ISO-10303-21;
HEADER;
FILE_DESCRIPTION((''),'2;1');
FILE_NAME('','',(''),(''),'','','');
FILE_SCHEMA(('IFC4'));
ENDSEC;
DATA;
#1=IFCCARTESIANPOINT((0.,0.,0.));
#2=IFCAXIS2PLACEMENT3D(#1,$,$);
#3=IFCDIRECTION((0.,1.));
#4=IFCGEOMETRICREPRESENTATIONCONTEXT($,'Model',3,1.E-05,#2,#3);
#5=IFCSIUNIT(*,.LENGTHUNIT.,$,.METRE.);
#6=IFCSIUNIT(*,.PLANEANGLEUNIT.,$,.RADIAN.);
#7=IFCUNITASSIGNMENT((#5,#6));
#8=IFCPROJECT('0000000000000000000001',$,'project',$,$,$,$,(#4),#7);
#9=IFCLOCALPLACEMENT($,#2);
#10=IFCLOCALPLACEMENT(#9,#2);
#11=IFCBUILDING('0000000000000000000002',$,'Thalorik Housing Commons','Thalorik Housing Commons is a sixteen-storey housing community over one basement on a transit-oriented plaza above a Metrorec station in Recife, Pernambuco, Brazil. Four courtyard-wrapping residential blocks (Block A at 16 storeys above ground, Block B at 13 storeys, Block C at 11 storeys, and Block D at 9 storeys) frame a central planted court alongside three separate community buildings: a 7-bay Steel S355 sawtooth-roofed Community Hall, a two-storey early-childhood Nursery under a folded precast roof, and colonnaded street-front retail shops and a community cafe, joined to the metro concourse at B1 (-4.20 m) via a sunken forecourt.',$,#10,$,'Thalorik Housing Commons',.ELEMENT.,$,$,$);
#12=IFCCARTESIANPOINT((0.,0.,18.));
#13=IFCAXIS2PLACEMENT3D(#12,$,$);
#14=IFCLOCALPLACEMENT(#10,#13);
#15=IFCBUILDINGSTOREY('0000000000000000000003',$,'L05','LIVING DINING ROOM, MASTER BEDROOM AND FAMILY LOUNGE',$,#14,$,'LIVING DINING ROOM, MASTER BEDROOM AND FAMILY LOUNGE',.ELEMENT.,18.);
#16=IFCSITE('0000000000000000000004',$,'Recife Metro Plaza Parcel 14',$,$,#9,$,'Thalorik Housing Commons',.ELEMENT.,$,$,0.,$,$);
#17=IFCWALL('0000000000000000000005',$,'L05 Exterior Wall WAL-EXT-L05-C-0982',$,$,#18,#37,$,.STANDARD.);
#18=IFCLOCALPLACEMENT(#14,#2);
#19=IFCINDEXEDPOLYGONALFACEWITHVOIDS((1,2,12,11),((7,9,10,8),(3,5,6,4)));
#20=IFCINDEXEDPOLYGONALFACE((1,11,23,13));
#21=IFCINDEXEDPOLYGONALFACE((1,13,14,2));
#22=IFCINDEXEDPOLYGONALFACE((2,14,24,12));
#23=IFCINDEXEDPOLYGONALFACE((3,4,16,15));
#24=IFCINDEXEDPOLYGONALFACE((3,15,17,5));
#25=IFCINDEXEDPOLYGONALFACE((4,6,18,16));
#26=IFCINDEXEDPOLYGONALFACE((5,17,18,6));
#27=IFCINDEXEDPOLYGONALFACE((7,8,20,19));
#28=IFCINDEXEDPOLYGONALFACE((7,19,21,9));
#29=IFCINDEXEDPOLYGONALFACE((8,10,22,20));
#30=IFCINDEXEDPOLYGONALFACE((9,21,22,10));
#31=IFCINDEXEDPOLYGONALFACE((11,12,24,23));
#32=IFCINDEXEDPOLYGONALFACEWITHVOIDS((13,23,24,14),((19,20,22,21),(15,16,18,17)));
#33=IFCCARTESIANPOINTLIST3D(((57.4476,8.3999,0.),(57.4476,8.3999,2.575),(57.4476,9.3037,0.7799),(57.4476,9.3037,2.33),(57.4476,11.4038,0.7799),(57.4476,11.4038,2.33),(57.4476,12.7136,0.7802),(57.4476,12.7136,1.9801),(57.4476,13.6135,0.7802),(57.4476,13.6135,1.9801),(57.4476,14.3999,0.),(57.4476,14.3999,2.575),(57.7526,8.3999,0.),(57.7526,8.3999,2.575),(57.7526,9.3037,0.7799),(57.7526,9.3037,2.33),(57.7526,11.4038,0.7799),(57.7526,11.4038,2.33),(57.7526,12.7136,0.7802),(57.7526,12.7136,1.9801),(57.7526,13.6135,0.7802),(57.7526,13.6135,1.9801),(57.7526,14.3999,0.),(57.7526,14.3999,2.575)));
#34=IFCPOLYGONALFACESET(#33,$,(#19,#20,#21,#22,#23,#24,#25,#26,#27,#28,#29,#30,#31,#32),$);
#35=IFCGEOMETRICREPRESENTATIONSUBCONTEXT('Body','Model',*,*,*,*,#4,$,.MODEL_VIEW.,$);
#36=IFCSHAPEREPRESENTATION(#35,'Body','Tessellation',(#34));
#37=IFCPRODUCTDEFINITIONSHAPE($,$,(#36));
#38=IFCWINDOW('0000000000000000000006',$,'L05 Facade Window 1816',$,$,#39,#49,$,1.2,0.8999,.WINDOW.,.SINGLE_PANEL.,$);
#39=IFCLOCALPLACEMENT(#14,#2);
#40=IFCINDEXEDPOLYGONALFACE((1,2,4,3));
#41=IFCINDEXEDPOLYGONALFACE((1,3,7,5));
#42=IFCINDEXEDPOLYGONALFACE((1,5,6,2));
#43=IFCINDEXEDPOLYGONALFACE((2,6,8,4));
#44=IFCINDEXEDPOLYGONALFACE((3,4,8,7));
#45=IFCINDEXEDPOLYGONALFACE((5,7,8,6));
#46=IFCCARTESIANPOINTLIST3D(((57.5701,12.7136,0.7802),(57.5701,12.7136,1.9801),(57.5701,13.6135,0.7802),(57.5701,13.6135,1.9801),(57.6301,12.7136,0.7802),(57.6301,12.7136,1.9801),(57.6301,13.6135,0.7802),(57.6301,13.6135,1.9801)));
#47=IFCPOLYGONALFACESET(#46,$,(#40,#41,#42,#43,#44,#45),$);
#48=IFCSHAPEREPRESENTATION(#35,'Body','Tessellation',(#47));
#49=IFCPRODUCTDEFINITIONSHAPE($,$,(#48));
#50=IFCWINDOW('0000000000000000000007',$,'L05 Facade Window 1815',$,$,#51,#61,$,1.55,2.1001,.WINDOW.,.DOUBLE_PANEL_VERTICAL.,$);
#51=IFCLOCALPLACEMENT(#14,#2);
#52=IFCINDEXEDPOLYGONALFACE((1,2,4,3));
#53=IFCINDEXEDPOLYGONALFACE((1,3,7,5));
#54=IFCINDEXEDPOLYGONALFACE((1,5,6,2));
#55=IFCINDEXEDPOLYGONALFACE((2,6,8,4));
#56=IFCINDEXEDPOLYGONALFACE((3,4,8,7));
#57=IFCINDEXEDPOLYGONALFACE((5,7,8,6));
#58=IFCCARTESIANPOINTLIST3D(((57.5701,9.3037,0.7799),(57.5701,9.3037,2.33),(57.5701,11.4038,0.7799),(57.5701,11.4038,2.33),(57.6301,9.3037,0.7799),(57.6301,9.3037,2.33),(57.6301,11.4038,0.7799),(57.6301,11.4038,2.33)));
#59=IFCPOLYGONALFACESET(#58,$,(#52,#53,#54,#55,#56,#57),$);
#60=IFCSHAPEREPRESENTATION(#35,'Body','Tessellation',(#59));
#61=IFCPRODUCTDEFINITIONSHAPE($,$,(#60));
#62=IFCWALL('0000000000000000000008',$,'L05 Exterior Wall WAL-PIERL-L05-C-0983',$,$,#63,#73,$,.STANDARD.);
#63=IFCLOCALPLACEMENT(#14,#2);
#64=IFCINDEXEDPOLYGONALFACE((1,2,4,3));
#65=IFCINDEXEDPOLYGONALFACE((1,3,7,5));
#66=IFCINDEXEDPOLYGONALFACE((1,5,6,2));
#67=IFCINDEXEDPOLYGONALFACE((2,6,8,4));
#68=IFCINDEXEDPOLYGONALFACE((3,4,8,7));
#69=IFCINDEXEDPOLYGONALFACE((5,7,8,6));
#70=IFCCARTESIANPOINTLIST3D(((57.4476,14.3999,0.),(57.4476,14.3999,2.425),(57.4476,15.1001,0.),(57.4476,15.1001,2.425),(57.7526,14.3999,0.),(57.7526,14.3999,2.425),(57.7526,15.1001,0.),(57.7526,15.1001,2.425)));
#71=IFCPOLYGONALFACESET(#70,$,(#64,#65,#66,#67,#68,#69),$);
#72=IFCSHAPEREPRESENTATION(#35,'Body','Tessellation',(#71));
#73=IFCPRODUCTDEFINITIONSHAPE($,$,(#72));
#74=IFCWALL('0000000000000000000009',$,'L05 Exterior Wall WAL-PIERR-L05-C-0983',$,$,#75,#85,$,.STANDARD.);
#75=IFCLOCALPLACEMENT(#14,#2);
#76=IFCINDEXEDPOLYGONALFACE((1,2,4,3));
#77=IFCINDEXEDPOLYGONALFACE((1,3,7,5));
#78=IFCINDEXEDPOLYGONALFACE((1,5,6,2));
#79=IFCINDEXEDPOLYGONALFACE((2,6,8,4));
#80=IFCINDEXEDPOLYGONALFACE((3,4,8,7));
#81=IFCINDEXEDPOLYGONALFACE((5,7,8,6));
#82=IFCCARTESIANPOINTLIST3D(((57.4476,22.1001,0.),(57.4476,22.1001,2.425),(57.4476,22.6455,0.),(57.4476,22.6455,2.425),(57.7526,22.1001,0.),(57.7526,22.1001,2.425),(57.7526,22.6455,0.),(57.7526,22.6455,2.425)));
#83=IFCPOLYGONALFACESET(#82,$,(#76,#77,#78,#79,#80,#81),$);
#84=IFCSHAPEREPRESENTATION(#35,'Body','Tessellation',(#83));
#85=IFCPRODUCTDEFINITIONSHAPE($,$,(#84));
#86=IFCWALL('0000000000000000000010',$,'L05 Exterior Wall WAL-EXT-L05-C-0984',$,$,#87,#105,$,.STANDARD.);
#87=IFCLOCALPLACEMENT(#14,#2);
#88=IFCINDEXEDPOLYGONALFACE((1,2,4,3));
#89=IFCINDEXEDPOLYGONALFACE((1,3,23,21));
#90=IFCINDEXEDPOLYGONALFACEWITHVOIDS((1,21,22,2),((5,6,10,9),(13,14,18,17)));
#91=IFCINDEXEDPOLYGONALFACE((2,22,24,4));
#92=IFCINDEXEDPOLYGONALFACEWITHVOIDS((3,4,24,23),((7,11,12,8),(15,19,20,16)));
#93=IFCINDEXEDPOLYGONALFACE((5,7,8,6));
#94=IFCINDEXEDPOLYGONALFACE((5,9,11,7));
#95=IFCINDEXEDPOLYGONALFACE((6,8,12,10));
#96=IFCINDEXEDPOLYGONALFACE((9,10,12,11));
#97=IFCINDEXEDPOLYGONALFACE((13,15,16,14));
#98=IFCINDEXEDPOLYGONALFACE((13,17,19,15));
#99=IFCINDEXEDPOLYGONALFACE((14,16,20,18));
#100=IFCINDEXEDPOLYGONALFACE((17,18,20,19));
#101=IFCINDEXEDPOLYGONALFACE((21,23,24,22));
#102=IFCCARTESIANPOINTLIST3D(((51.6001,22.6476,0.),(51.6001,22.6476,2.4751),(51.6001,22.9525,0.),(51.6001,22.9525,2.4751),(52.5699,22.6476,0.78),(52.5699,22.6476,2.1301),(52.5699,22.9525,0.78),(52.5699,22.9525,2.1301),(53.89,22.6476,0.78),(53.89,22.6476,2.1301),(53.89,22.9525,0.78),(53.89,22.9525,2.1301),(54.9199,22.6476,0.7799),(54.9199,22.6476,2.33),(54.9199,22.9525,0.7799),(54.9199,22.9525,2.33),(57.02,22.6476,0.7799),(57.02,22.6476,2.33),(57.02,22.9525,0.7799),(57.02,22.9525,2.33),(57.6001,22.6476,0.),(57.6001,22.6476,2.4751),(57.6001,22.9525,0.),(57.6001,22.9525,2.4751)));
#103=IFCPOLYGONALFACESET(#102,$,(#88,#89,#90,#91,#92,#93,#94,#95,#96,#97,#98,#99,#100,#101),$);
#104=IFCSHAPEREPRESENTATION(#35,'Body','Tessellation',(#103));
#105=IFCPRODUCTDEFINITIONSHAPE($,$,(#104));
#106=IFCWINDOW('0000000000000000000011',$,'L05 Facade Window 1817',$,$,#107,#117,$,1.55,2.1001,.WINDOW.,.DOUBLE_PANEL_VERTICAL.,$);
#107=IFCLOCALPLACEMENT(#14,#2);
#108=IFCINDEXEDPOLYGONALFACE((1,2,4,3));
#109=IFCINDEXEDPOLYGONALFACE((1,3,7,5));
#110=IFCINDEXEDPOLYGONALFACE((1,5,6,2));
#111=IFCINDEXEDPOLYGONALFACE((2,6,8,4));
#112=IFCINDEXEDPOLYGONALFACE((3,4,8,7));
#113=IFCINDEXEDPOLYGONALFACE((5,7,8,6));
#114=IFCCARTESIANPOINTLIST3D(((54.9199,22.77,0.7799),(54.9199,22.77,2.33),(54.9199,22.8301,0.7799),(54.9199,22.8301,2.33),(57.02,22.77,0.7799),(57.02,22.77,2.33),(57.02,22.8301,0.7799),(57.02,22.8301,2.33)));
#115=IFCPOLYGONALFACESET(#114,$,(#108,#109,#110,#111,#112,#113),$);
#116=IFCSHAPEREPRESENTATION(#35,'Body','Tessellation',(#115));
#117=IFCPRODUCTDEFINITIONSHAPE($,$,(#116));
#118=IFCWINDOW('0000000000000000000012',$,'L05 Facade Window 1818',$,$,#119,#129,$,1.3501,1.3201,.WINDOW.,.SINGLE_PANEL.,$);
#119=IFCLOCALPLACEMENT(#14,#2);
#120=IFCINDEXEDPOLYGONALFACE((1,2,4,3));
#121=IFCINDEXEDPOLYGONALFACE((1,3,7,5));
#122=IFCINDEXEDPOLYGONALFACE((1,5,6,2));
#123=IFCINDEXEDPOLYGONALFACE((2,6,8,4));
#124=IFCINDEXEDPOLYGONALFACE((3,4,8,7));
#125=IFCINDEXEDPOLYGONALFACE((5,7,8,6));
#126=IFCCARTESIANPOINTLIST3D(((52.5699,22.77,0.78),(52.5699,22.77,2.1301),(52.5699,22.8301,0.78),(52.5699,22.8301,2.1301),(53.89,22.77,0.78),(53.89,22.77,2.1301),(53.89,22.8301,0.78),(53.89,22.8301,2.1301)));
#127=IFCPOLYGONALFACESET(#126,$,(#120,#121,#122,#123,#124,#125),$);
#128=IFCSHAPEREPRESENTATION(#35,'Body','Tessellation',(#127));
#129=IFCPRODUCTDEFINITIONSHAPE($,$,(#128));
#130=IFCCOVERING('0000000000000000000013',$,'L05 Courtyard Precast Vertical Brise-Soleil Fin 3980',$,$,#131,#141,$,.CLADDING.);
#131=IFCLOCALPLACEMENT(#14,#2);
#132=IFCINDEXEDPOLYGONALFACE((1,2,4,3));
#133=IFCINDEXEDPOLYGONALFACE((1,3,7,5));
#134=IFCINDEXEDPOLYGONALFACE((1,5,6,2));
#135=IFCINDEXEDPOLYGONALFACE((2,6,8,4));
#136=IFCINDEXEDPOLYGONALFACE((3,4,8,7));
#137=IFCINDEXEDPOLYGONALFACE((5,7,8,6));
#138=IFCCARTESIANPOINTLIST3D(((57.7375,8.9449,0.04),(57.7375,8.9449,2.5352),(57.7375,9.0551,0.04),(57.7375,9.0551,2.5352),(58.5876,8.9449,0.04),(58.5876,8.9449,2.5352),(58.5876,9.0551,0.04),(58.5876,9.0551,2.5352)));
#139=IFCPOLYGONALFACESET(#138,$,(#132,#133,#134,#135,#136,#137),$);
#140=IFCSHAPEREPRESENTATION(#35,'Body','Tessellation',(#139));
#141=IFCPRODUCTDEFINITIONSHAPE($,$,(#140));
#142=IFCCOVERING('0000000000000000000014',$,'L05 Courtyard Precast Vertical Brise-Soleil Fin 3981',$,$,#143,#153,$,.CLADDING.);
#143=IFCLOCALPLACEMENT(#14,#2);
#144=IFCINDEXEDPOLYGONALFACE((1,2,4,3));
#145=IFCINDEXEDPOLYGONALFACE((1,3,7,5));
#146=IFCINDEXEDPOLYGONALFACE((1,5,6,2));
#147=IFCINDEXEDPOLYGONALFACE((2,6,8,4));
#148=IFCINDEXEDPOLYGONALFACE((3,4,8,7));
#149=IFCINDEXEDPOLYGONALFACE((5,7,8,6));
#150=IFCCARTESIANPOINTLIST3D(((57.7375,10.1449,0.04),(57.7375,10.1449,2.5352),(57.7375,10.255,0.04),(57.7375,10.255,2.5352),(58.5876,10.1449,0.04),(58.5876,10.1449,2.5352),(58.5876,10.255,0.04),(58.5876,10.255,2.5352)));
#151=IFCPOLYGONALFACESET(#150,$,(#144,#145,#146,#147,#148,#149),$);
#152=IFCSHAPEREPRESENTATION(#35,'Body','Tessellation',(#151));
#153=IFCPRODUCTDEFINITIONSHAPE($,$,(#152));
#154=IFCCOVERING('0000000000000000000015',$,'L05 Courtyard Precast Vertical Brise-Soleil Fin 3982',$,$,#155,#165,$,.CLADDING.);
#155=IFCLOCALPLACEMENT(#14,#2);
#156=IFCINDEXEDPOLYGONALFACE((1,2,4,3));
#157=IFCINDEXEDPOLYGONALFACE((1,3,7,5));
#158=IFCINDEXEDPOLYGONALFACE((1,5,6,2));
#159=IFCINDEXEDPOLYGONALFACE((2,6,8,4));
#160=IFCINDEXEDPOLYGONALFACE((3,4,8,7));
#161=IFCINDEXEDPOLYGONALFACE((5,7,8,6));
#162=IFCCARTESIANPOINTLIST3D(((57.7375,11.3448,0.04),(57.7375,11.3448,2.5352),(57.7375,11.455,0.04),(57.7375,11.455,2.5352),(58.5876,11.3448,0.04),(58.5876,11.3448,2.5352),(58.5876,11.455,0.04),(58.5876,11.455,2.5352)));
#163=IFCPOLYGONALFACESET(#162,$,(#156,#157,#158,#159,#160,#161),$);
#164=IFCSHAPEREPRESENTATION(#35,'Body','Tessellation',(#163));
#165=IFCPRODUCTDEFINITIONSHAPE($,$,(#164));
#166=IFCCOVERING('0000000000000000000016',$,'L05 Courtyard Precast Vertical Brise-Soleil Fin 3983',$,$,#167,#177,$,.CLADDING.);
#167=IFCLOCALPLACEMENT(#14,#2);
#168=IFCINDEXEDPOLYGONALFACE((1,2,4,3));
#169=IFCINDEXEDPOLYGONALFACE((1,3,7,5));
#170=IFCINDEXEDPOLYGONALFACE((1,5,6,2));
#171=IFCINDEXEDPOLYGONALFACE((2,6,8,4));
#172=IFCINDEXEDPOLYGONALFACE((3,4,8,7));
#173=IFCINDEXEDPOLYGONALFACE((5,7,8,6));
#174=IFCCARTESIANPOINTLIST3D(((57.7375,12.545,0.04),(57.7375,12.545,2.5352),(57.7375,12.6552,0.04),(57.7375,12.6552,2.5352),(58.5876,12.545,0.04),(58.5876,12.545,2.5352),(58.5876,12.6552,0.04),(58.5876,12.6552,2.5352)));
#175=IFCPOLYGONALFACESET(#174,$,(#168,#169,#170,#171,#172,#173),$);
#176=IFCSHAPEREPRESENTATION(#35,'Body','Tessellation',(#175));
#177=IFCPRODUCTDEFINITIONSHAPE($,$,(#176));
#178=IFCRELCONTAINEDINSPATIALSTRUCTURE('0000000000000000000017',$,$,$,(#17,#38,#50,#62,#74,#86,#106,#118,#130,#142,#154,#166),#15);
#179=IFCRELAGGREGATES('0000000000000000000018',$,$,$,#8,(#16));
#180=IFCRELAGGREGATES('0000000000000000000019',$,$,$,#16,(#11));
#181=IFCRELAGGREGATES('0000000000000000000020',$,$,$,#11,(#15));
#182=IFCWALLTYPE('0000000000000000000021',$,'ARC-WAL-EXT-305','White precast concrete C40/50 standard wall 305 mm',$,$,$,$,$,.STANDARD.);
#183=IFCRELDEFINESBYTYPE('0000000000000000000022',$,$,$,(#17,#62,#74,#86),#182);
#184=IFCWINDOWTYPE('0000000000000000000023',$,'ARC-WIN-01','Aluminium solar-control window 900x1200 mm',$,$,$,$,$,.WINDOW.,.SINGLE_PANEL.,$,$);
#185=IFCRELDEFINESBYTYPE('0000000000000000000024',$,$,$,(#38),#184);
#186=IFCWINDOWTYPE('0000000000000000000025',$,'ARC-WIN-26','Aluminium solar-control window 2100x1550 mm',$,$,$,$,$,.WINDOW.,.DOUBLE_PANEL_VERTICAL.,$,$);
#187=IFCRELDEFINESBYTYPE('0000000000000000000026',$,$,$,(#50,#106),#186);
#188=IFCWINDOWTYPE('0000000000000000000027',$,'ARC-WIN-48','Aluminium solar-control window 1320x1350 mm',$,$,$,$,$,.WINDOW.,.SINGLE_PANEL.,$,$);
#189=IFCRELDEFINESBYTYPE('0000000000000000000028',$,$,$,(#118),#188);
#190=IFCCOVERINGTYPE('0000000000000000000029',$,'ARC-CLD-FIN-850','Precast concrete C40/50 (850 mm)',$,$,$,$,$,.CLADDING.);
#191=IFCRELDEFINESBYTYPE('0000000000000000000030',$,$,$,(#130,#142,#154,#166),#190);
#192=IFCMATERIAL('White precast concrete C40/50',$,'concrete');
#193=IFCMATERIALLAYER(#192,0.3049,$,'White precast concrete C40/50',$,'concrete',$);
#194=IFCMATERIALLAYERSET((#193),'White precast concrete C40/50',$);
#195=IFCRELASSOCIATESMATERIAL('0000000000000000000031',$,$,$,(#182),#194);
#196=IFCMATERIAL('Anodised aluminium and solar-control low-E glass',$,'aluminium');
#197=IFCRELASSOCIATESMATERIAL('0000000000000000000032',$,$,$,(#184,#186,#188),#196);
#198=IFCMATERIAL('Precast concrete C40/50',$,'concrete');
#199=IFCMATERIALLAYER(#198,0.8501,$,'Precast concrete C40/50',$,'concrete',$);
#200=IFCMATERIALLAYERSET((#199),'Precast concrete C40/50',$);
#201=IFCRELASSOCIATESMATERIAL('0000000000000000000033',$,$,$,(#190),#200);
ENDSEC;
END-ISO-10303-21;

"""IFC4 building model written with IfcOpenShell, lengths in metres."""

from ifc_helpers import new_model, si_unit, direction, frame, frame_2d, origin, origin_2d, place, context, subcontext, project, spatial, rectangle, extrude, material, layer, layer_set, type_object, element, fill, save


model = new_model("IFC4")

# Units and contexts
model_context = context("Model", 3, precision=1e-05, world=origin(), true_north=direction((0.0, 1.0)))
body_context = subcontext(model_context, "Body", "Model", "MODEL_VIEW")
ifc_project = project(units=[si_unit("LENGTHUNIT", "METRE"), si_unit("PLANEANGLEUNIT", "RADIAN")], contexts=[model_context])

# Site, building, storey
site_placement = place(None, origin())
site = spatial("IfcSite", under=ifc_project, at=site_placement, Name="Recife Metro Plaza Parcel 14", LongName="Thalorik Housing Commons", CompositionType="ELEMENT", RefElevation=0.0)
building_placement = place(site_placement, origin())
building = spatial("IfcBuilding", under=site, at=building_placement, Name="Thalorik Housing Commons", Description="Thalorik Housing Commons is a sixteen-storey housing community over one basement on a transit-oriented plaza above a Metrorec station in Recife, Pernambuco, Brazil. Four courtyard-wrapping residential blocks (Block A at 16 storeys above ground, Block B at 13 storeys, Block C at 11 storeys, and Block D at 9 storeys) frame a central planted court alongside three separate community buildings: a 7-bay Steel S355 sawtooth-roofed Community Hall, a two-storey early-childhood Nursery under a folded precast roof, and colonnaded street-front retail shops and a community cafe, joined to the metro concourse at B1 (-4.20 m) via a sunken forecourt.", LongName="Thalorik Housing Commons", CompositionType="ELEMENT")
storey_placement = place(building_placement, frame((0.0, 0.0, 18.0)))
storey = spatial("IfcBuildingStorey", under=building, at=storey_placement, Name="L05", Description="LIVING DINING ROOM, MASTER BEDROOM AND FAMILY LOUNGE", LongName="LIVING DINING ROOM, MASTER BEDROOM AND FAMILY LOUNGE", CompositionType="ELEMENT", Elevation=18.0)

# Shared definitions
ifc_material_1 = material(Name="Anodised aluminium and solar-control low-E glass", Category="aluminium")

# Wall, openings, windows
ifc_material_2 = material(Name="White precast concrete C40/50", Category="concrete")
ifc_layer_1 = layer(ifc_material_2, 0.3049, Name="White precast concrete C40/50", Category="concrete")
ifc_layer_set_1 = layer_set([ifc_layer_1], Name="White precast concrete C40/50")
wall_type = type_object("IfcWallType", Name="ARC-WAL-EXT-305", Description="White precast concrete C40/50 standard wall 305 mm", PredefinedType="STANDARD", material=ifc_layer_set_1)
wall_1_placement = place(storey_placement, frame((57.6001, 8.3999, 0.0), z_axis=(0.0, 0.0, 1.0), x_axis=(0.0, 1.0, 0.0)))
wall_1 = element("IfcWall", 1, at=wall_1_placement, inside=storey, type_object=wall_type, Name="L05 Exterior Wall WAL-EXT-L05-C-0982", PredefinedType="STANDARD", context=body_context, shape_type="SweptSolid", body=[
    extrude(rectangle(XDim=6.0, YDim=0.3049, at=frame_2d((3.0, 0.0))), origin(), (0.0, 0.0, 1.0), 2.575),
])
opening_1_placement = place(wall_1_placement, frame((0.9038, 0.0, 0.78)))
opening_1 = element("IfcOpeningElement", 2, at=opening_1_placement, cuts=wall_1, PredefinedType="OPENING", context=body_context, shape_type="SweptSolid", body=[
    extrude(rectangle(XDim=2.1001, YDim=1.55, at=frame_2d((1.05, 0.7749))), frame((0.0, 0.1626, 0.0), z_axis=(0.0, -1.0, 0.0), x_axis=(1.0, 0.0, 0.0)), (0.0, 0.0, 1.0), 0.325),
])
opening_2_placement = place(wall_1_placement, frame((4.3137, 0.0, 0.78)))
opening_2 = element("IfcOpeningElement", 3, at=opening_2_placement, cuts=wall_1, PredefinedType="OPENING", context=body_context, shape_type="SweptSolid", body=[
    extrude(rectangle(XDim=0.8999, YDim=1.2, at=frame_2d((0.45, 0.6001))), frame((0.0, 0.1626, 0.0), z_axis=(0.0, -1.0, 0.0), x_axis=(1.0, 0.0, 0.0)), (0.0, 0.0, 1.0), 0.325),
])
window_type_1 = type_object("IfcWindowType", Name="ARC-WIN-01", Description="Aluminium solar-control window 900x1200 mm", PartitioningType="SINGLE_PANEL", PredefinedType="WINDOW", material=ifc_material_1)
window_1_placement = place(opening_2_placement, origin())
window_1 = element("IfcWindow", 4, at=window_1_placement, inside=storey, type_object=window_type_1, Name="L05 Facade Window 1816", OverallHeight=1.2, OverallWidth=0.8999, PartitioningType="SINGLE_PANEL", PredefinedType="WINDOW", context=body_context, shape_type="SweptSolid", body=[
    extrude(rectangle(XDim=0.8999, YDim=1.2, at=frame_2d((0.45, 0.6001))), frame((0.0, 0.03, 0.0), z_axis=(0.0, -1.0, 0.0), x_axis=(1.0, 0.0, 0.0)), (0.0, 0.0, 1.0), 0.0601),
])
fill(opening_2, window_1)
window_type_2 = type_object("IfcWindowType", Name="ARC-WIN-26", Description="Aluminium solar-control window 2100x1550 mm", PartitioningType="DOUBLE_PANEL_VERTICAL", PredefinedType="WINDOW", material=ifc_material_1)
window_2_placement = place(opening_1_placement, origin())
window_2 = element("IfcWindow", 5, at=window_2_placement, inside=storey, type_object=window_type_2, Name="L05 Facade Window 1815", OverallHeight=1.55, OverallWidth=2.1001, PartitioningType="DOUBLE_PANEL_VERTICAL", PredefinedType="WINDOW", context=body_context, shape_type="SweptSolid", body=[
    extrude(rectangle(XDim=2.1001, YDim=1.55, at=frame_2d((1.05, 0.7749))), frame((0.0, 0.03, 0.0), z_axis=(0.0, -1.0, 0.0), x_axis=(1.0, 0.0, 0.0)), (0.0, 0.0, 1.0), 0.0601),
])
fill(opening_1, window_2)

# Walls
wall_2_placement = place(storey_placement, frame((57.6001, 14.3999, 0.0), z_axis=(0.0, 0.0, 1.0), x_axis=(0.0, 1.0, 0.0)))
element("IfcWall", 6, at=wall_2_placement, inside=storey, type_object=wall_type, Name="L05 Exterior Wall WAL-PIERL-L05-C-0983", PredefinedType="STANDARD", context=body_context, shape_type="SweptSolid", body=[
    extrude(rectangle(XDim=0.7002, YDim=0.3049, at=frame_2d((0.3501, 0.0))), origin(), (0.0, 0.0, 1.0), 2.425),
])
wall_3_placement = place(storey_placement, frame((57.6001, 22.1001, 0.0), z_axis=(0.0, 0.0, 1.0), x_axis=(0.0, 1.0, 0.0)))
element("IfcWall", 7, at=wall_3_placement, inside=storey, type_object=wall_type, Name="L05 Exterior Wall WAL-PIERR-L05-C-0983", PredefinedType="STANDARD", context=body_context, shape_type="SweptSolid", body=[
    extrude(rectangle(XDim=0.5454, YDim=0.3049, at=frame_2d((0.2727, 0.0))), origin(), (0.0, 0.0, 1.0), 2.425),
])

# Wall, openings, windows
wall_4_placement = place(storey_placement, frame((57.6001, 22.8, 0.0), z_axis=(0.0, 0.0, 1.0), x_axis=(-1.0, 0.0, 0.0)))
wall_4 = element("IfcWall", 8, at=wall_4_placement, inside=storey, type_object=wall_type, Name="L05 Exterior Wall WAL-EXT-L05-C-0984", PredefinedType="STANDARD", context=body_context, shape_type="SweptSolid", body=[
    extrude(rectangle(XDim=6.0, YDim=0.3049, at=frame_2d((3.0, 0.0))), origin(), (0.0, 0.0, 1.0), 2.4751),
])
opening_3_placement = place(wall_4_placement, frame((0.5801, 0.0, 0.78)))
opening_3 = element("IfcOpeningElement", 9, at=opening_3_placement, cuts=wall_4, PredefinedType="OPENING", context=body_context, shape_type="SweptSolid", body=[
    extrude(rectangle(XDim=2.1001, YDim=1.55, at=frame_2d((1.05, 0.7749))), frame((0.0, 0.1626, 0.0), z_axis=(0.0, -1.0, 0.0), x_axis=(1.0, 0.0, 0.0)), (0.0, 0.0, 1.0), 0.325),
])
opening_4_placement = place(wall_4_placement, frame((3.71, 0.0, 0.78)))
opening_4 = element("IfcOpeningElement", 10, at=opening_4_placement, cuts=wall_4, PredefinedType="OPENING", context=body_context, shape_type="SweptSolid", body=[
    extrude(rectangle(XDim=1.3201, YDim=1.3501, at=frame_2d((0.6602, 0.675))), frame((0.0, 0.1626, 0.0), z_axis=(0.0, -1.0, 0.0), x_axis=(1.0, 0.0, 0.0)), (0.0, 0.0, 1.0), 0.325),
])
window_3_placement = place(opening_3_placement, origin())
window_3 = element("IfcWindow", 11, at=window_3_placement, inside=storey, type_object=window_type_2, Name="L05 Facade Window 1817", OverallHeight=1.55, OverallWidth=2.1001, PartitioningType="DOUBLE_PANEL_VERTICAL", PredefinedType="WINDOW", context=body_context, shape_type="SweptSolid", body=[
    extrude(rectangle(XDim=2.1001, YDim=1.55, at=frame_2d((1.05, 0.7749))), frame((0.0, 0.03, 0.0), z_axis=(0.0, -1.0, 0.0), x_axis=(1.0, 0.0, 0.0)), (0.0, 0.0, 1.0), 0.0601),
])
fill(opening_3, window_3)
window_type_3 = type_object("IfcWindowType", Name="ARC-WIN-48", Description="Aluminium solar-control window 1320x1350 mm", PartitioningType="SINGLE_PANEL", PredefinedType="WINDOW", material=ifc_material_1)
window_4_placement = place(opening_4_placement, origin())
window_4 = element("IfcWindow", 12, at=window_4_placement, inside=storey, type_object=window_type_3, Name="L05 Facade Window 1818", OverallHeight=1.3501, OverallWidth=1.3201, PartitioningType="SINGLE_PANEL", PredefinedType="WINDOW", context=body_context, shape_type="SweptSolid", body=[
    extrude(rectangle(XDim=1.3201, YDim=1.3501, at=frame_2d((0.6602, 0.675))), frame((0.0, 0.03, 0.0), z_axis=(0.0, -1.0, 0.0), x_axis=(1.0, 0.0, 0.0)), (0.0, 0.0, 1.0), 0.0601),
])
fill(opening_4, window_4)

# Coverings
ifc_material_3 = material(Name="Precast concrete C40/50", Category="concrete")
ifc_layer_2 = layer(ifc_material_3, 0.8501, Name="Precast concrete C40/50", Category="concrete")
ifc_layer_set_2 = layer_set([ifc_layer_2], Name="Precast concrete C40/50")
covering_type_1 = type_object("IfcCoveringType", Name="ARC-CLD-FIN-850", Description="Precast concrete C40/50 (850 mm)", PredefinedType="CLADDING", material=ifc_layer_set_2)
for number, where, z_axis, x_axis, name in (
    (13, (58.1626, 9.0, 0.04), (0.0, 0.0, 1.0), (0.0, 1.0, 0.0), "L05 Courtyard Precast Vertical Brise-Soleil Fin 3980"),
    (14, (58.1626, 10.2, 0.04), (0.0, 0.0, 1.0), (0.0, 1.0, 0.0), "L05 Courtyard Precast Vertical Brise-Soleil Fin 3981"),
    (15, (58.1626, 11.3999, 0.04), (0.0, 0.0, 1.0), (0.0, 1.0, 0.0), "L05 Courtyard Precast Vertical Brise-Soleil Fin 3982"),
    (16, (58.1626, 12.6001, 0.04), (0.0, 0.0, 1.0), (0.0, 1.0, 0.0), "L05 Courtyard Precast Vertical Brise-Soleil Fin 3983"),
):
    element("IfcCovering", number, at=place(storey_placement, frame(where, z_axis=z_axis, x_axis=x_axis)), inside=storey, type_object=covering_type_1, Name=name, PredefinedType="CLADDING", context=body_context, shape_type="SweptSolid", body=[
        extrude(rectangle(XDim=0.1101, YDim=0.8501, at=origin_2d()), origin(), (0.0, 0.0, 1.0), 2.4951),
    ])

save(model, "model.ifc")
